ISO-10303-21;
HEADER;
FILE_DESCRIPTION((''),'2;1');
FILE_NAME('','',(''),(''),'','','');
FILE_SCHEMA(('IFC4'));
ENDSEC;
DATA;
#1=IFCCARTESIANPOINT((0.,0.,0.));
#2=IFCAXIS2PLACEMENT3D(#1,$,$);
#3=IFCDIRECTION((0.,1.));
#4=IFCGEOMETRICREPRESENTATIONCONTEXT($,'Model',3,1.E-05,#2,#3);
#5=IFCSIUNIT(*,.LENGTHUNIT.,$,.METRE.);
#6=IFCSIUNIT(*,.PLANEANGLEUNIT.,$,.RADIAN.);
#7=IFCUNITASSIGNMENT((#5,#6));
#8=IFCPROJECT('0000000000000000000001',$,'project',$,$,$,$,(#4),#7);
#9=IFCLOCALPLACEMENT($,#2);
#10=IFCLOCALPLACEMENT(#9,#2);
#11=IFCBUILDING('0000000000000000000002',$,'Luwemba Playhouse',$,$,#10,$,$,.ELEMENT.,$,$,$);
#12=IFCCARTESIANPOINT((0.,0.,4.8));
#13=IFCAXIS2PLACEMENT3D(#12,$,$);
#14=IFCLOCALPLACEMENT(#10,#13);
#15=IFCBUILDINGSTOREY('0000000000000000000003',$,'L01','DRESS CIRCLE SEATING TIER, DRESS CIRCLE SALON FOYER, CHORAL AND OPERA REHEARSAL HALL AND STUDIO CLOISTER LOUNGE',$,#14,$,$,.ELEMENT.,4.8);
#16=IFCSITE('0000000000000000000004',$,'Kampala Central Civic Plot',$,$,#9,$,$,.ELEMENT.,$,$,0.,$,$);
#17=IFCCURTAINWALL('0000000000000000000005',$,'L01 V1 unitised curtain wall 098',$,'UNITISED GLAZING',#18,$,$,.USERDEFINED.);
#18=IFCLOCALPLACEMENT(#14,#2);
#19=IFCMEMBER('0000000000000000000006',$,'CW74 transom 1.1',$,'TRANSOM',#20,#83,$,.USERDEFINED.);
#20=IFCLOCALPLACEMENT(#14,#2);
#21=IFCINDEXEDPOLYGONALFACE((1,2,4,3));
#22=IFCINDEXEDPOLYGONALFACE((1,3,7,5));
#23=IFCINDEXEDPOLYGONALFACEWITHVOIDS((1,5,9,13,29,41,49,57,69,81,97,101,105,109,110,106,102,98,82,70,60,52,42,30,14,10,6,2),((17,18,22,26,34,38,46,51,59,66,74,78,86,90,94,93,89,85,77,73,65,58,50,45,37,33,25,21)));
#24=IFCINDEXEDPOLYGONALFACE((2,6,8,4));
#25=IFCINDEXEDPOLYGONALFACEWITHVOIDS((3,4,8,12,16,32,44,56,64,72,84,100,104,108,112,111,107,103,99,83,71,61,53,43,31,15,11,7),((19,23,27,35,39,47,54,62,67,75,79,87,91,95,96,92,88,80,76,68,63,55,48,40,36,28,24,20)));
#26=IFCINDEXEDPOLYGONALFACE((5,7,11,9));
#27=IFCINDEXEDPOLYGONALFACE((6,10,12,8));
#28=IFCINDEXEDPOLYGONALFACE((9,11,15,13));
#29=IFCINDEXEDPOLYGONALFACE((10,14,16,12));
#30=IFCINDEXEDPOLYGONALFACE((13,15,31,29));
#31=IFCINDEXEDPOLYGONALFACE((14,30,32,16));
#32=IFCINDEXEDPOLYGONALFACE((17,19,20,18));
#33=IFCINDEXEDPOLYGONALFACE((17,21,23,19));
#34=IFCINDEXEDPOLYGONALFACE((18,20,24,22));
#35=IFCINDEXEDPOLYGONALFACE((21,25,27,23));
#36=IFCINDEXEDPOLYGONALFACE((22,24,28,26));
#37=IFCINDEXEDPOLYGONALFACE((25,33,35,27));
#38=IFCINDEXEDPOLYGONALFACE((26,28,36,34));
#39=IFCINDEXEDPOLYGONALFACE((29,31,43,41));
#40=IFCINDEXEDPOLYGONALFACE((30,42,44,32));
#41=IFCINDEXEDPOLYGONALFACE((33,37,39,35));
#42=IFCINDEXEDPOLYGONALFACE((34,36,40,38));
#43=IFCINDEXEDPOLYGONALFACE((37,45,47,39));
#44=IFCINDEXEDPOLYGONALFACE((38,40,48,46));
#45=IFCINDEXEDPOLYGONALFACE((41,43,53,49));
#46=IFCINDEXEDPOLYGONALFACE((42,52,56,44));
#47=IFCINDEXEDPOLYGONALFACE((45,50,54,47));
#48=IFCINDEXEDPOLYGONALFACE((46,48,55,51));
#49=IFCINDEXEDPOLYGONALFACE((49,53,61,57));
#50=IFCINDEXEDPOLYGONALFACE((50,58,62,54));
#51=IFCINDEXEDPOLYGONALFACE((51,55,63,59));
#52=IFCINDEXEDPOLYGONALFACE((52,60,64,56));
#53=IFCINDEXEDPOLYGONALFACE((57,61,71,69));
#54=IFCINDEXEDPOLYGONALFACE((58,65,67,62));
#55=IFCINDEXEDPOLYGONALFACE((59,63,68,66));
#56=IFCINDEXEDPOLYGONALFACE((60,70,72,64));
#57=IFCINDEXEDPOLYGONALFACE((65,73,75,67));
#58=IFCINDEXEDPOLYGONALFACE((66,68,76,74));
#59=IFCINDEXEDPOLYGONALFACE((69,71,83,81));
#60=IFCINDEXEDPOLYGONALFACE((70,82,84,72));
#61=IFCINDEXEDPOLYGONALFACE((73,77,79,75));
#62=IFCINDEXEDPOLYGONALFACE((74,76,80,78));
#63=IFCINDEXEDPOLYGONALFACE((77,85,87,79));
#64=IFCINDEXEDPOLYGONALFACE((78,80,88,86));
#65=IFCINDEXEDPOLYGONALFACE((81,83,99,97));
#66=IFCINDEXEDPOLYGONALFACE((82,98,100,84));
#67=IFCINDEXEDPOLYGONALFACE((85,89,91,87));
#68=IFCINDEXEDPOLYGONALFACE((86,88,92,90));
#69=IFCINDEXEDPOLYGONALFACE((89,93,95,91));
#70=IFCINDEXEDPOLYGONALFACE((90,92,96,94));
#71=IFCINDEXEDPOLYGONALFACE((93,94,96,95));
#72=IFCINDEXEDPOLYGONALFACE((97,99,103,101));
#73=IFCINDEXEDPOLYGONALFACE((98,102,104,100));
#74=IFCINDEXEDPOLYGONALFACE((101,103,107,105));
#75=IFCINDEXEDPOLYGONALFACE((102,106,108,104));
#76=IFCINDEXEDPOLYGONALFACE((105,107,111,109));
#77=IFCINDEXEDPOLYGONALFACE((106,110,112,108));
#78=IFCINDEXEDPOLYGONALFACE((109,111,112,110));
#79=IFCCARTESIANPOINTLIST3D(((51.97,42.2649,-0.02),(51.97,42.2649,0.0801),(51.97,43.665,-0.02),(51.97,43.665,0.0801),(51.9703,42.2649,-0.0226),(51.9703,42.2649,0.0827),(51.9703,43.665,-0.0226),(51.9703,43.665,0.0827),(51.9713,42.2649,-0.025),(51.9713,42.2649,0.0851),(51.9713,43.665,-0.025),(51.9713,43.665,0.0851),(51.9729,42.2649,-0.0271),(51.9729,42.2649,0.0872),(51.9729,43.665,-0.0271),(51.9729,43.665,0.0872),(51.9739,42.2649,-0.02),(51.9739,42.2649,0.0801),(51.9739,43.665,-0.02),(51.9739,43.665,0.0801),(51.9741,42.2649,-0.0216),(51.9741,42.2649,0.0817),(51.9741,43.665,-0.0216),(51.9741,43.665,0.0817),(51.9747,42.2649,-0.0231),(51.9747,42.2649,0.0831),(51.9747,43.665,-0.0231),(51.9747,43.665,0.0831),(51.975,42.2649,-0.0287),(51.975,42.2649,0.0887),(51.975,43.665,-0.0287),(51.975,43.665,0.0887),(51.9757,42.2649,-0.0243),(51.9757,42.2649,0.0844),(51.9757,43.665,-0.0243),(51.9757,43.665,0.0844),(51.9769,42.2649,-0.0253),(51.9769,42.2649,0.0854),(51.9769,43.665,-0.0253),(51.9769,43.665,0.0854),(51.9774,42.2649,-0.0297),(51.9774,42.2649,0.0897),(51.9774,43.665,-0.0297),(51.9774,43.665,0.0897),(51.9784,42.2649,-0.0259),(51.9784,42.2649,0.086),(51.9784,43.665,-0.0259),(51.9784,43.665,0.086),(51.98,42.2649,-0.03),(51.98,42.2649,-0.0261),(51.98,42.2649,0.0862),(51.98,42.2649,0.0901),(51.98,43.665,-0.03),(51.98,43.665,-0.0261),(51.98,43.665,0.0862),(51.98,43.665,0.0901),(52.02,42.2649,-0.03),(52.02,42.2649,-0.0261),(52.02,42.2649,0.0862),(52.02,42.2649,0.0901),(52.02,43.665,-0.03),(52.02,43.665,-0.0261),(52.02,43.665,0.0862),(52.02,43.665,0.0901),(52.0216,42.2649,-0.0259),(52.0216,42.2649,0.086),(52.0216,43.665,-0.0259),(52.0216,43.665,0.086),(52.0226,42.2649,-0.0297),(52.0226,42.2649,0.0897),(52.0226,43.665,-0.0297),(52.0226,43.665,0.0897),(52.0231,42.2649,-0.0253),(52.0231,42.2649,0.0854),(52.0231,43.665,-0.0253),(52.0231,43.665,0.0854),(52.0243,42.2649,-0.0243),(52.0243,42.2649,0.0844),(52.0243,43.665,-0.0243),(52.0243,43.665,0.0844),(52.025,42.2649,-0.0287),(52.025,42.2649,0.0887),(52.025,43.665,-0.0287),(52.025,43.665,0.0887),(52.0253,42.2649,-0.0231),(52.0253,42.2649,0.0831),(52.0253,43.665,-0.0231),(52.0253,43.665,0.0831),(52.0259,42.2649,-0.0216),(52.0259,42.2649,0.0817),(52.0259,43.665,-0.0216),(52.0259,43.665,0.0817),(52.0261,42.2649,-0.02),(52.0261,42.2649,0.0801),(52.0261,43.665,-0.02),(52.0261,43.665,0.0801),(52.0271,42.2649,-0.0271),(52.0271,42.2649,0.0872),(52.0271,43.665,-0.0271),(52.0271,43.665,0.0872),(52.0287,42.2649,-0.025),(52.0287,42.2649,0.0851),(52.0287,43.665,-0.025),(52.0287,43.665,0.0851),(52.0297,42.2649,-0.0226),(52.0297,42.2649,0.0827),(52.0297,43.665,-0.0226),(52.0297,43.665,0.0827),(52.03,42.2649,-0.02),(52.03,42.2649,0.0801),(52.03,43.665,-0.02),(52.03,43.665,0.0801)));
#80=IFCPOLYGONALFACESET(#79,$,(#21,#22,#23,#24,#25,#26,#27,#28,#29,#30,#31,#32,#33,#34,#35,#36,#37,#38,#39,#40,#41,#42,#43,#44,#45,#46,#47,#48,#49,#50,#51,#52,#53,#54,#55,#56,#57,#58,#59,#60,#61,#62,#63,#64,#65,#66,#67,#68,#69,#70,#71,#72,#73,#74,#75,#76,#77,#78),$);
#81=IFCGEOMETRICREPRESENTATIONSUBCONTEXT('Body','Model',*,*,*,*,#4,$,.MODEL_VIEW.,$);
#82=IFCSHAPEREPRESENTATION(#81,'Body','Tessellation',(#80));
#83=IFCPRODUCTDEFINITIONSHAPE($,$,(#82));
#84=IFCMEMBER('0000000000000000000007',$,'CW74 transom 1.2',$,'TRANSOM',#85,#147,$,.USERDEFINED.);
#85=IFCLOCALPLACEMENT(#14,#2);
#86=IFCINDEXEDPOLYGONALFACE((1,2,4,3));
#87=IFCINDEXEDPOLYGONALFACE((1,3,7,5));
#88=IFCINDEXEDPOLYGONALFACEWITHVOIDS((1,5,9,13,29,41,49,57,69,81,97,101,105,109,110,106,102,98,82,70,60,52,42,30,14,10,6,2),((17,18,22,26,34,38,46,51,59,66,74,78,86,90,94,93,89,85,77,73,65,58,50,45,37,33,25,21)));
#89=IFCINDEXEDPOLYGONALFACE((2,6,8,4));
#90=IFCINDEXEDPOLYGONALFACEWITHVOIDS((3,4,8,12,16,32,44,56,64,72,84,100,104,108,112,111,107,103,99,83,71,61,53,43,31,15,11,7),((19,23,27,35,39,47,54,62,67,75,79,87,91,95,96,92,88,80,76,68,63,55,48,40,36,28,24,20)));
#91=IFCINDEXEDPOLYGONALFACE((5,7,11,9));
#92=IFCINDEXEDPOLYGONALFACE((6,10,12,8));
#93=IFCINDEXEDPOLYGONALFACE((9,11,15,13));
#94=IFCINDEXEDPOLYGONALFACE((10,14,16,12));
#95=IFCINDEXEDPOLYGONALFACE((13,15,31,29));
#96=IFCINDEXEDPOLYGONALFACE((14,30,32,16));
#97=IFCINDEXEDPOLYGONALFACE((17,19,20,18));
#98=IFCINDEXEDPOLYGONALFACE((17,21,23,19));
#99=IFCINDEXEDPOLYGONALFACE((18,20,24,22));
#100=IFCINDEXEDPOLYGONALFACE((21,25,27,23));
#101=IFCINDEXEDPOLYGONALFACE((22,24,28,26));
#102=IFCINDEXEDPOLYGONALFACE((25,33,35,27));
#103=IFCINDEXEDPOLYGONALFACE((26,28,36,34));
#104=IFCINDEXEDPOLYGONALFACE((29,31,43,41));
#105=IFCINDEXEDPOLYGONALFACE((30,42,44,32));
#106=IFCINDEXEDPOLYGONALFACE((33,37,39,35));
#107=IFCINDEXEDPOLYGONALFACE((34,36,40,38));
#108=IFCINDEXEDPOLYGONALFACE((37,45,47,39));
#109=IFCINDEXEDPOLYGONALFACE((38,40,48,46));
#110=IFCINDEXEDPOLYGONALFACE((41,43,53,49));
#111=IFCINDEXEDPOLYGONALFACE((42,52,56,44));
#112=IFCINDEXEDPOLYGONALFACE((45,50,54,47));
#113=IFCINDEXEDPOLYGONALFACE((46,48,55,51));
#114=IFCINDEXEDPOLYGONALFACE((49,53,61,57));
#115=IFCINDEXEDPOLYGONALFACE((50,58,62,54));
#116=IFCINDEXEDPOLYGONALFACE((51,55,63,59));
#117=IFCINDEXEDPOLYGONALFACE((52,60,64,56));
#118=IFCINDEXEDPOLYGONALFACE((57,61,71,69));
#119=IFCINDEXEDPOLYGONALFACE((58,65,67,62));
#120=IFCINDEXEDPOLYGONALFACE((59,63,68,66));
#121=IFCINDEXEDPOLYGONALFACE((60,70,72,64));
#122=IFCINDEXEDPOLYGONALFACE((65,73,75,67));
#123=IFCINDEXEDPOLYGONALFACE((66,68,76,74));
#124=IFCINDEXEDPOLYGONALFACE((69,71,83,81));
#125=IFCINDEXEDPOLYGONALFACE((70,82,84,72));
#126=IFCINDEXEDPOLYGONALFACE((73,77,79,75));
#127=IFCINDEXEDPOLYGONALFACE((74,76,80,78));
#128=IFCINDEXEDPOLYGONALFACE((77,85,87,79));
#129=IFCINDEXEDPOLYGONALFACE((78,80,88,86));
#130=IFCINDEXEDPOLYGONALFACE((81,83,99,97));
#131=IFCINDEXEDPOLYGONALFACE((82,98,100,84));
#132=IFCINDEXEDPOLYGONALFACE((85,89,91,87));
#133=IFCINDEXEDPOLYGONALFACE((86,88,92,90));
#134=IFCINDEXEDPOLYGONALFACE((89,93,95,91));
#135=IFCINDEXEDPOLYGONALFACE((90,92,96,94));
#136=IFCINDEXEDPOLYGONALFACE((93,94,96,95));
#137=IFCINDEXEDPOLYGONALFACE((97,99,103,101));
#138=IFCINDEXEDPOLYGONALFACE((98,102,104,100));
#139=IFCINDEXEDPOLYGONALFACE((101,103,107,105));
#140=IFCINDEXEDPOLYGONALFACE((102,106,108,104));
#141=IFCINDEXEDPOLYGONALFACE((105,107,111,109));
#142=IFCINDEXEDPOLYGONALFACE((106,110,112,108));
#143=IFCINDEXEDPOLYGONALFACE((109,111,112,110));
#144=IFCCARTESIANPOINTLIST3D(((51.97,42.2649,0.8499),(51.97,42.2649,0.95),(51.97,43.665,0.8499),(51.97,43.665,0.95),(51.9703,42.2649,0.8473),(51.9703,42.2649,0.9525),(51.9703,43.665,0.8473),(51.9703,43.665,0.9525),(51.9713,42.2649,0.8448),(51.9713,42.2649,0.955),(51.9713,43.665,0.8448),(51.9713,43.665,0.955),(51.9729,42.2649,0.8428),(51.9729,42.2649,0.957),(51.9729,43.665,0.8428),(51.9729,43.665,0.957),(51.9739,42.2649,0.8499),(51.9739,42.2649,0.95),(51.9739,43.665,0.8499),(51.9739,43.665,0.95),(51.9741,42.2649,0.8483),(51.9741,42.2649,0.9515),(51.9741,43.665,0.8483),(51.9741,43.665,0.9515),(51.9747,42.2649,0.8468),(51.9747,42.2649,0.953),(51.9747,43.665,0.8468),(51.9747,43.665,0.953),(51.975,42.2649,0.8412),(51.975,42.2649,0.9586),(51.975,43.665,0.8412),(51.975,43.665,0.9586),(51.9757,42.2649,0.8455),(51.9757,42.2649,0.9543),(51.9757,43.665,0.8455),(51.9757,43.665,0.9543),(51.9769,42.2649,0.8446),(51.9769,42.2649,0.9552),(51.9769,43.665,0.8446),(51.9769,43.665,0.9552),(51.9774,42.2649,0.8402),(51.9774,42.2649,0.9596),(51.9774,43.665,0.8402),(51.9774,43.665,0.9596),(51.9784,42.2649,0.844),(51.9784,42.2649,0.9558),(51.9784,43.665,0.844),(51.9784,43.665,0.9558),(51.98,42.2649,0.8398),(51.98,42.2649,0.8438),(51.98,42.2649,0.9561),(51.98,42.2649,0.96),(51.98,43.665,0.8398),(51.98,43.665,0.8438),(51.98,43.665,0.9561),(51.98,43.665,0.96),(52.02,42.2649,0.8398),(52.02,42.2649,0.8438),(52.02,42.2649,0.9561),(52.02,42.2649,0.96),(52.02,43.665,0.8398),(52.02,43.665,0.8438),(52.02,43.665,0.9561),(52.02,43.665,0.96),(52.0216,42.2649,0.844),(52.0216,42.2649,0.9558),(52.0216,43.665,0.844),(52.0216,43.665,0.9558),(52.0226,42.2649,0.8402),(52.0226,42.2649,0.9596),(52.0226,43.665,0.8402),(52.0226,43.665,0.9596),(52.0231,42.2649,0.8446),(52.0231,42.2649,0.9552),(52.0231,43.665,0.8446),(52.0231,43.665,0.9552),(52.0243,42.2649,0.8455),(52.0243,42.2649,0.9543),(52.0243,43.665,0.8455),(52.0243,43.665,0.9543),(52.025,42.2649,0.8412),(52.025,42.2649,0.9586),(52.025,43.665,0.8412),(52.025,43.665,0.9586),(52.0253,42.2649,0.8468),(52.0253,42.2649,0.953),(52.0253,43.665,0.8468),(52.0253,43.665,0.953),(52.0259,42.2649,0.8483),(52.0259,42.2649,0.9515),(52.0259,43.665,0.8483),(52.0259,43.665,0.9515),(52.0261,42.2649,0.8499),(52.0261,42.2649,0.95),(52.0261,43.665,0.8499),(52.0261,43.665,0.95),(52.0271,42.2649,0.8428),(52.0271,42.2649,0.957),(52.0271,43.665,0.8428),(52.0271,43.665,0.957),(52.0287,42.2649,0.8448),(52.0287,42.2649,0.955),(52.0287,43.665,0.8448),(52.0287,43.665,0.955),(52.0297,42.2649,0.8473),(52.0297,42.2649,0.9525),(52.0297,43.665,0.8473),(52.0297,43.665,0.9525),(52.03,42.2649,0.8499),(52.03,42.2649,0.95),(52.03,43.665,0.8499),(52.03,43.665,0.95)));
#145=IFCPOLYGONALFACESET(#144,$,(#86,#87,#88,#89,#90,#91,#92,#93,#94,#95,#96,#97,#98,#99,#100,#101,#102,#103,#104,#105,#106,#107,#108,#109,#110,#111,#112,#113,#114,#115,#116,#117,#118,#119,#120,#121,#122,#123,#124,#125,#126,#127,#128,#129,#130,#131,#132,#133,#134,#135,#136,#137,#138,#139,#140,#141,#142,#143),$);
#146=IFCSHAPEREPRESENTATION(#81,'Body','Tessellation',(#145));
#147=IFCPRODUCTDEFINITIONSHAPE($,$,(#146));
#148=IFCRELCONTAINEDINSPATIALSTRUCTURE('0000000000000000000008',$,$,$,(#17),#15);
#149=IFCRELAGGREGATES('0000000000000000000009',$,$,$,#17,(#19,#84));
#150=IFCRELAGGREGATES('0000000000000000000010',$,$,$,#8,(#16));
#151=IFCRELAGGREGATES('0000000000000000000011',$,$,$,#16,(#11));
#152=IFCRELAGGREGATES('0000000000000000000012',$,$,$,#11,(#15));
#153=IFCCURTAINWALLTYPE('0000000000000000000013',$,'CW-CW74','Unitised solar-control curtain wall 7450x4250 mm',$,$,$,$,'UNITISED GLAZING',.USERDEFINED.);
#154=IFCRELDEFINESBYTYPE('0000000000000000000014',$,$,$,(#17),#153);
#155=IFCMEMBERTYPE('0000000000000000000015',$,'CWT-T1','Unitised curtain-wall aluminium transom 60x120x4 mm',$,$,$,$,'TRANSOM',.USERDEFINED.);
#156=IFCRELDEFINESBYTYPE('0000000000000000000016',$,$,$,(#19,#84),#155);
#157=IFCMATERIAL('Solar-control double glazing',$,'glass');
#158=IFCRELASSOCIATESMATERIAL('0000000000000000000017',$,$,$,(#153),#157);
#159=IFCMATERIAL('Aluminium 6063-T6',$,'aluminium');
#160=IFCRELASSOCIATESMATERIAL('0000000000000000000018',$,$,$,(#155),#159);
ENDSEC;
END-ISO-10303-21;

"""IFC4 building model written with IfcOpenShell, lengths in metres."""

from ifc_helpers import new_model, si_unit, direction, frame, origin, origin_2d, place, context, subcontext, project, spatial, hollow_rectangle, extrude, material, material_profile, profile_set, type_object, element, aggregate, save


model = new_model("IFC4")

# Units and contexts
model_context = context("Model", 3, precision=1e-05, world=origin(), true_north=direction((0.0, 1.0)))
body_context = subcontext(model_context, "Body", "Model", "MODEL_VIEW")
ifc_project = project(units=[si_unit("LENGTHUNIT", "METRE"), si_unit("PLANEANGLEUNIT", "RADIAN")], contexts=[model_context])

# Site, building, storey
site_placement = place(None, origin())
site = spatial("IfcSite", under=ifc_project, at=site_placement, Name="Kampala Central Civic Plot", CompositionType="ELEMENT", RefElevation=0.0)
building_placement = place(site_placement, origin())
building = spatial("IfcBuilding", under=site, at=building_placement, Name="Luwemba Playhouse", CompositionType="ELEMENT")
storey_placement = place(building_placement, frame((0.0, 0.0, 4.8)))
storey = spatial("IfcBuildingStorey", under=building, at=storey_placement, Name="L01", Description="DRESS CIRCLE SEATING TIER, DRESS CIRCLE SALON FOYER, CHORAL AND OPERA REHEARSAL HALL AND STUDIO CLOISTER LOUNGE", CompositionType="ELEMENT", Elevation=4.8)

# Curtain wall
ifc_material_1 = material(Name="Solar-control double glazing", Category="glass")
curtain_wall_type_1 = type_object("IfcCurtainWallType", Name="CW-CW74", Description="Unitised solar-control curtain wall 7450x4250 mm", ElementType="UNITISED GLAZING", PredefinedType="USERDEFINED", material=ifc_material_1)
curtain_wall_1_placement = place(storey_placement, origin())
curtain_wall_1 = element("IfcCurtainWall", 1, at=curtain_wall_1_placement, inside=storey, type_object=curtain_wall_type_1, Name="L01 V1 unitised curtain wall 098", ObjectType="UNITISED GLAZING", PredefinedType="USERDEFINED")
ifc_material_2 = material(Name="Aluminium 6063-T6", Category="aluminium")

# Members
ifc_material_profile_1 = material_profile(ifc_material_2, hollow_rectangle(XDim=0.0601, YDim=0.1201, WallThickness=0.0039, InnerFilletRadius=0.0061, OuterFilletRadius=0.01, at=origin_2d()))
ifc_profile_set_1 = profile_set([ifc_material_profile_1], Name="Aluminium 6063-T6")
member_type_1 = type_object("IfcMemberType", Name="CWT-T1", Description="Unitised curtain-wall aluminium transom 60x120x4 mm", ElementType="TRANSOM", PredefinedType="USERDEFINED", material=ifc_profile_set_1)
member_1_placement = place(storey_placement, frame((52.0, 43.665, 0.03), z_axis=(0.0, -1.0, 0.0), x_axis=(1.0, 0.0, 0.0)))
member_1 = element("IfcMember", 2, at=member_1_placement, type_object=member_type_1, Name="CW74 transom 1.1", ObjectType="TRANSOM", PredefinedType="USERDEFINED", context=body_context, shape_type="SweptSolid", body=[
    extrude(hollow_rectangle(XDim=0.0601, YDim=0.1201, WallThickness=0.0039, InnerFilletRadius=0.0061, OuterFilletRadius=0.01, at=origin_2d()), origin(), (0.0, 0.0, 1.0), 1.4001),
])
member_2_placement = place(storey_placement, frame((52.0, 43.665, 0.8999), z_axis=(0.0, -1.0, 0.0), x_axis=(1.0, 0.0, 0.0)))
member_2 = element("IfcMember", 3, at=member_2_placement, type_object=member_type_1, Name="CW74 transom 1.2", ObjectType="TRANSOM", PredefinedType="USERDEFINED", context=body_context, shape_type="SweptSolid", body=[
    extrude(hollow_rectangle(XDim=0.0601, YDim=0.1201, WallThickness=0.0039, InnerFilletRadius=0.0061, OuterFilletRadius=0.01, at=origin_2d()), origin(), (0.0, 0.0, 1.0), 1.4001),
])

aggregate(curtain_wall_1, [member_1, member_2])

save(model, "model.ifc")
